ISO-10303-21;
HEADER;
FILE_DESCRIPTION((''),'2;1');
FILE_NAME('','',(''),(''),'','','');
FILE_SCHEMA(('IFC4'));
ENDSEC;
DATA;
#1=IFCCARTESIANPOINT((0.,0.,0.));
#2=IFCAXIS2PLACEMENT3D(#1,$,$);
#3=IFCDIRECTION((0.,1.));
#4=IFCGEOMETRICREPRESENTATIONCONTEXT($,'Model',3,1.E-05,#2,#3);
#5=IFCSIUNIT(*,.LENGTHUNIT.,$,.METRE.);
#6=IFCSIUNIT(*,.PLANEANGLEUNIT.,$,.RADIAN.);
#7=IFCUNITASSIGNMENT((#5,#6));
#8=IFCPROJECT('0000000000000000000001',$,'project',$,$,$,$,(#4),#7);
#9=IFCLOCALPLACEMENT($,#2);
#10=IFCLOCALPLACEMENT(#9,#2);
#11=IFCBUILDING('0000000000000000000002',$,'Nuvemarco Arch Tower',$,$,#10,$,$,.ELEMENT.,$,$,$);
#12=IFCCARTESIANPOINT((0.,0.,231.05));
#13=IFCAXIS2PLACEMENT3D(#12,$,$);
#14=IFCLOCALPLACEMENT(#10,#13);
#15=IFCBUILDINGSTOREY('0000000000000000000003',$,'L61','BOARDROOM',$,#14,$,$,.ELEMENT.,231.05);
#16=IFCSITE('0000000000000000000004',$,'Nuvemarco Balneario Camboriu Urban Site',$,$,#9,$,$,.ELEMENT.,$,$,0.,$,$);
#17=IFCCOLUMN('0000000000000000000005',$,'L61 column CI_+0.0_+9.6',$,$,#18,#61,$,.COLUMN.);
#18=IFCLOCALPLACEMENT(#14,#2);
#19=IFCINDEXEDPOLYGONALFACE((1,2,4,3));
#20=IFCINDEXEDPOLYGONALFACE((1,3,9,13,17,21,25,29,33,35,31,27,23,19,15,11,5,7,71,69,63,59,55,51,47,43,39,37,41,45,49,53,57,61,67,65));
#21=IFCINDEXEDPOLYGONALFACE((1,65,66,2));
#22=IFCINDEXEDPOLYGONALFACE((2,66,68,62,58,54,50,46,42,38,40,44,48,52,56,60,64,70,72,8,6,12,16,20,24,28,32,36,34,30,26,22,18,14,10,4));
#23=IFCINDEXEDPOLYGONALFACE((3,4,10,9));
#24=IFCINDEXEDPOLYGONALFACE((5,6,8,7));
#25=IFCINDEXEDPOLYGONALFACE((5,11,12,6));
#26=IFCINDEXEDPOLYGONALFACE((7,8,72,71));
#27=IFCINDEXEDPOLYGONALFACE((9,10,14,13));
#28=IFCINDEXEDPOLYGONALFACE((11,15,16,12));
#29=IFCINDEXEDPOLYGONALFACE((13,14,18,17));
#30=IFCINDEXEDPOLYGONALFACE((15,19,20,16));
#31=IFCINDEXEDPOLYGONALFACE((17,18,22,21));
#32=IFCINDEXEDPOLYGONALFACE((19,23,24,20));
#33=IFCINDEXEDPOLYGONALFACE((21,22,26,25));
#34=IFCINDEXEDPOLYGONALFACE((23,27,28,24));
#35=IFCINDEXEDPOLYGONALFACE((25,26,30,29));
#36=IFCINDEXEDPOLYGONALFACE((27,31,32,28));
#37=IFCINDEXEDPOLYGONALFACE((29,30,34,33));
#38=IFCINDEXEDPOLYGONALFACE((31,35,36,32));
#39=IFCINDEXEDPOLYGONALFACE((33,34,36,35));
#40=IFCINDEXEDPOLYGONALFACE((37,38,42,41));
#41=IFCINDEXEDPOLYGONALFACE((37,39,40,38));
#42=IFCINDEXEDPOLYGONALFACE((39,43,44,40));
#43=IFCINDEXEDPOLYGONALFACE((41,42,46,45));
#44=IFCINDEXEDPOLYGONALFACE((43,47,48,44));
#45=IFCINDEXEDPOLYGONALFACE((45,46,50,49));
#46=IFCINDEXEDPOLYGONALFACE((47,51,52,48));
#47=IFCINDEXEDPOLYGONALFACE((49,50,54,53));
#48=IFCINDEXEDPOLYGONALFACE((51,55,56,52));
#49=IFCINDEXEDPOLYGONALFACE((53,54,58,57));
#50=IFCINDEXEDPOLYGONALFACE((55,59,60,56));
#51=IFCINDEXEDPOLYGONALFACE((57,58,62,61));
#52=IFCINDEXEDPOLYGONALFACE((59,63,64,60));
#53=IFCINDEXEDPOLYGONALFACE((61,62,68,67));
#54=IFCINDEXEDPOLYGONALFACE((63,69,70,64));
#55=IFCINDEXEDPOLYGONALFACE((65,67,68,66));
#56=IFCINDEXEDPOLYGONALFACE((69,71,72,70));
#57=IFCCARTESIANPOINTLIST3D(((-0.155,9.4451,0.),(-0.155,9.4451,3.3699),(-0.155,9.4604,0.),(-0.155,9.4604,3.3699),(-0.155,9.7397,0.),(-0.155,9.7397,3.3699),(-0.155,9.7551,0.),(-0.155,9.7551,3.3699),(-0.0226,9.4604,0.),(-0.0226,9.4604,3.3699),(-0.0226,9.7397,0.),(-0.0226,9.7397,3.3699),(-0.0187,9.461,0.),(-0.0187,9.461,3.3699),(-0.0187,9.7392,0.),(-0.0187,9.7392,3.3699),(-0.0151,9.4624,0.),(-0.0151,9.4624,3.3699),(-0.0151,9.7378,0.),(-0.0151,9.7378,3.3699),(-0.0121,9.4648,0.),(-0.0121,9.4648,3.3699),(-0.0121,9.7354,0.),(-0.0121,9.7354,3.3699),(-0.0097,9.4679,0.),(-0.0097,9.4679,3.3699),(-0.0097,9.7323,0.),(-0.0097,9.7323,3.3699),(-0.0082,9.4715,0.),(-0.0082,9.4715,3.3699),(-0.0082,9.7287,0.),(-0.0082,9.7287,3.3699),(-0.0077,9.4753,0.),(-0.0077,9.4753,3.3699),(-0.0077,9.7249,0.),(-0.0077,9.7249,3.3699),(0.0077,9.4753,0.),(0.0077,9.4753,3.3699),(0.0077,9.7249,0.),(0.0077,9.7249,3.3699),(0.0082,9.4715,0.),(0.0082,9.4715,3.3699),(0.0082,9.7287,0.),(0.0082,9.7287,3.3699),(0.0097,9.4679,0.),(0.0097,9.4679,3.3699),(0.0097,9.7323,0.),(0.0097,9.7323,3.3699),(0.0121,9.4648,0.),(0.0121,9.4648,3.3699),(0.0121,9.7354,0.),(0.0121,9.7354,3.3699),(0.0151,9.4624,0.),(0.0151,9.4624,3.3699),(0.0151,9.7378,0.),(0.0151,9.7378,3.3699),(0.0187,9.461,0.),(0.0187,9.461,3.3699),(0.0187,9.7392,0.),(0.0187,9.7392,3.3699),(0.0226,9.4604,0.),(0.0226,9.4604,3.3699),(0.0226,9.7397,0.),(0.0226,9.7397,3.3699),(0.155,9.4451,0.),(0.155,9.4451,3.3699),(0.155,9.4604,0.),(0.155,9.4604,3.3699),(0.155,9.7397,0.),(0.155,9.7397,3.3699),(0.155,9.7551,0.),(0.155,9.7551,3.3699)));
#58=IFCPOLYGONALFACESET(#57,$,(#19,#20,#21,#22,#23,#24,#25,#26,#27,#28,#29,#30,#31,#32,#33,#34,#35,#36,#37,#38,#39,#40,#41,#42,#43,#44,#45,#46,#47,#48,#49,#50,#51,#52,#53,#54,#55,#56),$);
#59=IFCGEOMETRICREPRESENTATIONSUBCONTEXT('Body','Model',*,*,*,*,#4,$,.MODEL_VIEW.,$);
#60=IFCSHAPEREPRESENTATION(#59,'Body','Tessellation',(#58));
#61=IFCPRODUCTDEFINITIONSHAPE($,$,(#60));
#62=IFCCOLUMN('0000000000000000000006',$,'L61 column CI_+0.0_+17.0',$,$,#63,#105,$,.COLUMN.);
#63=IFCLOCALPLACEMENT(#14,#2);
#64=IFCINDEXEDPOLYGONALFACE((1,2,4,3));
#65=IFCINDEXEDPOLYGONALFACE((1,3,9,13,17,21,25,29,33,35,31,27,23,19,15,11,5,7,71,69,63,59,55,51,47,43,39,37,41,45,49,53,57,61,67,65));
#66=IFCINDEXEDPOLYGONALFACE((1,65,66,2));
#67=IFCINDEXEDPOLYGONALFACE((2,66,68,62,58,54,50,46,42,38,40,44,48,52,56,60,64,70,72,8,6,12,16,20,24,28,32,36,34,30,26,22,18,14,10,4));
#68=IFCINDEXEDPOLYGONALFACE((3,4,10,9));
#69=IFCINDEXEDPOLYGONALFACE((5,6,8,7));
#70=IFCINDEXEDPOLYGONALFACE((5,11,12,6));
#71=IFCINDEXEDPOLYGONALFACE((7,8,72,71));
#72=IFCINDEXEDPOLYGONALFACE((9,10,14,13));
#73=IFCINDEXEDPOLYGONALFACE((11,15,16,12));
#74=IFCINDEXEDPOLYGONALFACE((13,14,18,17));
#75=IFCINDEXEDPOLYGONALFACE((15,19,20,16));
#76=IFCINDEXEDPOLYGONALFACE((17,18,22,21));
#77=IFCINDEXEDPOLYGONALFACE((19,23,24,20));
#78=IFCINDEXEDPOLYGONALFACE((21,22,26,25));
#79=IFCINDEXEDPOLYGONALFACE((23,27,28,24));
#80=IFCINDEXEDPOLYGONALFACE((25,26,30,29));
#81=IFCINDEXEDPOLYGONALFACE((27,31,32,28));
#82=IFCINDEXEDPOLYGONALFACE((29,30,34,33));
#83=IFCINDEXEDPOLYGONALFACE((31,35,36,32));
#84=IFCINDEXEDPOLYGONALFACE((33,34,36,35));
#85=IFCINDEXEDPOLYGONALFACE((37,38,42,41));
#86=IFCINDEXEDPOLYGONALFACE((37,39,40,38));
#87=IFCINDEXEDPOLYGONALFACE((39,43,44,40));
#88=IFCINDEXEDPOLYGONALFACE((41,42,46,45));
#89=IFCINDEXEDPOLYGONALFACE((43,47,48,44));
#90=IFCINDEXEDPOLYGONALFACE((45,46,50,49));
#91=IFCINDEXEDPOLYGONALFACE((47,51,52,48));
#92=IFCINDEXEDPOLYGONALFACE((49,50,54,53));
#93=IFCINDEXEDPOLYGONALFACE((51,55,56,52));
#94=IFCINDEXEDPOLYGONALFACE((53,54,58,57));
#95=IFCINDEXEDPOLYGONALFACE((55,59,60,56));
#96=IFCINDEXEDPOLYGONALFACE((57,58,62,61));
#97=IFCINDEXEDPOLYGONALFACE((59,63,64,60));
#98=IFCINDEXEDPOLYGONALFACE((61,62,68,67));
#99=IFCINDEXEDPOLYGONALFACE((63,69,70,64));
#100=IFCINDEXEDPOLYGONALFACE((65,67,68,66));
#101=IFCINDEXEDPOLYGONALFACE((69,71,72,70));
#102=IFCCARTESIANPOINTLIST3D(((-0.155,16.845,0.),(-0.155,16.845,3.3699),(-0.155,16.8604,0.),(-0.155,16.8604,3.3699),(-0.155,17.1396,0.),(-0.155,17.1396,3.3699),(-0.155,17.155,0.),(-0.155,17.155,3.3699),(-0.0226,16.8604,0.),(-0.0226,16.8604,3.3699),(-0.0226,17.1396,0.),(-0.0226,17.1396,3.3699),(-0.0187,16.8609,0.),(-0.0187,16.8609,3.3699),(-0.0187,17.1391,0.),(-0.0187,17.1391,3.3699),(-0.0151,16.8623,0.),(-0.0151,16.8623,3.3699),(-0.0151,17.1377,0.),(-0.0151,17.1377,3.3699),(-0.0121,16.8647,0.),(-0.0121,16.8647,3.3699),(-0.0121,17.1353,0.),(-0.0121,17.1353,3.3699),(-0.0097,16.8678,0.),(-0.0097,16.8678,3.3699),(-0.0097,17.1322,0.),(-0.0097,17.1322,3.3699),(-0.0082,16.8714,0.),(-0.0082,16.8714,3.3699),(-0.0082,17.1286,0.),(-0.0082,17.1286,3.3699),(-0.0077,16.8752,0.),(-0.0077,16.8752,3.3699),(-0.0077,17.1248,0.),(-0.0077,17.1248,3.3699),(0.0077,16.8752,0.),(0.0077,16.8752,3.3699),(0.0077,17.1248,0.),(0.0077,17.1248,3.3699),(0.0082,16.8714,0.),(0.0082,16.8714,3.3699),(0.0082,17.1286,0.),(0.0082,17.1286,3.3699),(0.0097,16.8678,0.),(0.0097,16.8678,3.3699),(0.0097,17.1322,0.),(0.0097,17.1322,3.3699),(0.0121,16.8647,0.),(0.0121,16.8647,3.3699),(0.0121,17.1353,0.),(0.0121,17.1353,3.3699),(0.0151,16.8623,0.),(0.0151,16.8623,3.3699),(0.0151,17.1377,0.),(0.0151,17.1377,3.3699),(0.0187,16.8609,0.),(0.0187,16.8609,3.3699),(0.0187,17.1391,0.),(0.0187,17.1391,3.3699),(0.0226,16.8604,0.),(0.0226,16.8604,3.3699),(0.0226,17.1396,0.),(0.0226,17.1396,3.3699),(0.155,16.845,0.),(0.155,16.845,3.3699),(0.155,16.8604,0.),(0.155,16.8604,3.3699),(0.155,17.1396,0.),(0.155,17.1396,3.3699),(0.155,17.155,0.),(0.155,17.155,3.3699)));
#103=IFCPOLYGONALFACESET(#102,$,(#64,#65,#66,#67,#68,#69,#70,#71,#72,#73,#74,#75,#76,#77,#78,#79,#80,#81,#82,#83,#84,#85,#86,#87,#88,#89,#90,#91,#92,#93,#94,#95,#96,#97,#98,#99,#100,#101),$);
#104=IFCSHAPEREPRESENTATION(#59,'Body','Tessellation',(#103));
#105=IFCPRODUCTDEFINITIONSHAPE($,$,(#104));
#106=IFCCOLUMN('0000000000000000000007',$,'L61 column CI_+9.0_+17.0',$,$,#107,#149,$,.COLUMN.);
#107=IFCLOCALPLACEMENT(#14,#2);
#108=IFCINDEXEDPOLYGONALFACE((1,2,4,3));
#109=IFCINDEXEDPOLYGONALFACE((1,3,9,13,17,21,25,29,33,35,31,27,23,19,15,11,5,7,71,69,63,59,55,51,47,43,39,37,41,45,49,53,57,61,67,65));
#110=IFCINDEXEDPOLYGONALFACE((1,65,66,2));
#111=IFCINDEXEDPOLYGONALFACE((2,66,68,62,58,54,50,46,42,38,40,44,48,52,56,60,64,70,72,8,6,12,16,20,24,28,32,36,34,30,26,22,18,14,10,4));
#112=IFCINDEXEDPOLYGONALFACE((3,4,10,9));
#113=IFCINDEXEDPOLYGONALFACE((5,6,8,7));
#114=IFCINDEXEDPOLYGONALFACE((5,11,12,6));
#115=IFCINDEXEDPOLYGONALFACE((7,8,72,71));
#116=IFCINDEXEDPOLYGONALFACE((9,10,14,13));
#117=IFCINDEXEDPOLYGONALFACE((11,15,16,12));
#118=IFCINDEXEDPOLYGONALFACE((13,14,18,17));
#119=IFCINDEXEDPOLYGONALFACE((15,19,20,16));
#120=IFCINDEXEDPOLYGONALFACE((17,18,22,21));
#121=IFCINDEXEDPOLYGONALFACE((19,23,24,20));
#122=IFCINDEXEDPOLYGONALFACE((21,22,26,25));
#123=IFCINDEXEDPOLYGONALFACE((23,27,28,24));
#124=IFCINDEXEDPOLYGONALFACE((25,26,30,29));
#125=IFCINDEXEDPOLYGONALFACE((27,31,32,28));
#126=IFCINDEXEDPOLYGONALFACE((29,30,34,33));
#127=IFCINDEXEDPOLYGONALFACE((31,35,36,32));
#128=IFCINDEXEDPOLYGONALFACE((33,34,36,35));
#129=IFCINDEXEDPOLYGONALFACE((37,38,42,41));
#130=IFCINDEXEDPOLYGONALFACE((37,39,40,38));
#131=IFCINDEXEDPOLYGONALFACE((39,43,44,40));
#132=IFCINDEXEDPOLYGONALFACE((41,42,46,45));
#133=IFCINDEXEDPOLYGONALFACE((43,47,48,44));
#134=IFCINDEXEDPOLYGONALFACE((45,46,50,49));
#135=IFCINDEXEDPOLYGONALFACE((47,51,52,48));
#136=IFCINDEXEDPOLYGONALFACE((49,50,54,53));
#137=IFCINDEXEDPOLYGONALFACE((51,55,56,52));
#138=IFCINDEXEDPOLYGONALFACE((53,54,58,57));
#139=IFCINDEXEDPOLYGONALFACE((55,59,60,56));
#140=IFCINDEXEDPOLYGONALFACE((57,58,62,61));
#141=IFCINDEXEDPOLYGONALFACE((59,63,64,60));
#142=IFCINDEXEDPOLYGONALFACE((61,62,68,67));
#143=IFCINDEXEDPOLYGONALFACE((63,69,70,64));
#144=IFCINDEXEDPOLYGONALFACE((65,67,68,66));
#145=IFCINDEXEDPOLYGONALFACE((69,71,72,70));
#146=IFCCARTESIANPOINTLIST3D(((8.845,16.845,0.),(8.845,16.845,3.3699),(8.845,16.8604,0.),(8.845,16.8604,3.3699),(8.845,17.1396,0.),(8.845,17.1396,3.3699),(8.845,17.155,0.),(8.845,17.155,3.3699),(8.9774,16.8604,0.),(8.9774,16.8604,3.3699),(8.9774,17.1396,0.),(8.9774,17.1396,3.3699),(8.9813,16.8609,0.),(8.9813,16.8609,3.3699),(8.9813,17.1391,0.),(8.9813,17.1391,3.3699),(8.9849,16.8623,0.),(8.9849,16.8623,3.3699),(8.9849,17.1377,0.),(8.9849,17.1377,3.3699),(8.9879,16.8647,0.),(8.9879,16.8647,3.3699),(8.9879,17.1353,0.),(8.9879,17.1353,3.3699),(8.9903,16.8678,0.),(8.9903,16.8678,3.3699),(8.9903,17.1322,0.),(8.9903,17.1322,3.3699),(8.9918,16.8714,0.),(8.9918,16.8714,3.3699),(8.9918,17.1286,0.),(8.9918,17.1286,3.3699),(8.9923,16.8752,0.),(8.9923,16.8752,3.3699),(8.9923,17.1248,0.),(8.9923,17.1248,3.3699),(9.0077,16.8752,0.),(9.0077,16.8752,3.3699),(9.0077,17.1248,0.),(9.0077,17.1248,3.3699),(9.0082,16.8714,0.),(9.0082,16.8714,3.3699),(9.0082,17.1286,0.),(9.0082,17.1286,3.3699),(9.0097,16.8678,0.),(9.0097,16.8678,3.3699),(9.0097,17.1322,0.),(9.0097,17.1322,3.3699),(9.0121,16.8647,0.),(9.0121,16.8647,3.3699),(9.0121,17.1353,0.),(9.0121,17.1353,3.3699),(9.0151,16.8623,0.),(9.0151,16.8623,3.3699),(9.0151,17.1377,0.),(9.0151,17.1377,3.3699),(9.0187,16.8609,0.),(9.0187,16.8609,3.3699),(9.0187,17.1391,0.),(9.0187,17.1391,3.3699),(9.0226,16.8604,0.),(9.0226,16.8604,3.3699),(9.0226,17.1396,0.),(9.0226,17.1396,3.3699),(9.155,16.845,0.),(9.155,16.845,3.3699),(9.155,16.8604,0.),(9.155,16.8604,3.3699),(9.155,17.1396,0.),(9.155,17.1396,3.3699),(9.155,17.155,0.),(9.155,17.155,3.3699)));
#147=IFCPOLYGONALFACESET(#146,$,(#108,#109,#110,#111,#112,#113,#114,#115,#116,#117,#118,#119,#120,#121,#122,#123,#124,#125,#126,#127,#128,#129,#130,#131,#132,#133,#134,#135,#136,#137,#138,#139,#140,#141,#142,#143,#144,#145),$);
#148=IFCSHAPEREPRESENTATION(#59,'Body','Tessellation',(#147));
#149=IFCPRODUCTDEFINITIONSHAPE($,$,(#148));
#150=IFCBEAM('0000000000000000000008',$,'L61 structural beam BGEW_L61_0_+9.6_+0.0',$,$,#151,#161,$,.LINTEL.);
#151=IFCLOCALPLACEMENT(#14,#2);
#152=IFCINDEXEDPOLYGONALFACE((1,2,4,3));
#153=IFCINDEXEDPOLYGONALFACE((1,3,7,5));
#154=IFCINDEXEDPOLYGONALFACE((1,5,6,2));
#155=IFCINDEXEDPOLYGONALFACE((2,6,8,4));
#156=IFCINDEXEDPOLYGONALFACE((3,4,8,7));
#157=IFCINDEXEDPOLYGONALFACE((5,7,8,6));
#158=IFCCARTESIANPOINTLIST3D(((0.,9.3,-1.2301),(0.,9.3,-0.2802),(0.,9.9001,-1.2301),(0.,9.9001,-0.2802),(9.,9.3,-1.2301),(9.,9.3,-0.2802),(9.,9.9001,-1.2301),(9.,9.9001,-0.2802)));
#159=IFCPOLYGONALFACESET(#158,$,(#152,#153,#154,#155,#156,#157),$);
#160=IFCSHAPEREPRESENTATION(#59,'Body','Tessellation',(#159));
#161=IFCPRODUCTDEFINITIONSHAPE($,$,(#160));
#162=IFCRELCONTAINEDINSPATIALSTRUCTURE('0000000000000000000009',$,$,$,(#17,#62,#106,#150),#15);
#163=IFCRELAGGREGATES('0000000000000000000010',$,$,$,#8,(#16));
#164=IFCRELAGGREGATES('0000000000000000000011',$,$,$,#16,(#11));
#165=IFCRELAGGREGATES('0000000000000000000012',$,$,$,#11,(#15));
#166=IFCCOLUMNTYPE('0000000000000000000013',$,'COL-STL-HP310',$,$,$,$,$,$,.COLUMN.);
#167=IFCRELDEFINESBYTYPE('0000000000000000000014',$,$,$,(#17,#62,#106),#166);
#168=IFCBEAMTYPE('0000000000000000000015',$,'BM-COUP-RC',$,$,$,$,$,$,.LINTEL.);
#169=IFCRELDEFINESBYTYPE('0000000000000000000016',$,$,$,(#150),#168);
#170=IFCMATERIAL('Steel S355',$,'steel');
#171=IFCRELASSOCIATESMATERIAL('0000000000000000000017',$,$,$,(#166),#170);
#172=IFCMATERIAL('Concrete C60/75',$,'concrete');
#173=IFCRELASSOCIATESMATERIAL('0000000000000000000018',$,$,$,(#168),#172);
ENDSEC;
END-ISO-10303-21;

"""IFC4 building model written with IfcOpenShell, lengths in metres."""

from ifc_helpers import new_model, si_unit, direction, frame, origin, origin_2d, place, context, subcontext, project, spatial, rectangle, i_section, extrude, material, material_profile, profile_set, type_object, element, save


model = new_model("IFC4")

# Units and contexts
model_context = context("Model", 3, precision=1e-05, world=origin(), true_north=direction((0.0, 1.0)))
body_context = subcontext(model_context, "Body", "Model", "MODEL_VIEW")
ifc_project = project(units=[si_unit("LENGTHUNIT", "METRE"), si_unit("PLANEANGLEUNIT", "RADIAN")], contexts=[model_context])

# Site, building, storey
site_placement = place(None, origin())
site = spatial("IfcSite", under=ifc_project, at=site_placement, Name="Nuvemarco Balneario Camboriu Urban Site", CompositionType="ELEMENT", RefElevation=0.0)
building_placement = place(site_placement, origin())
building = spatial("IfcBuilding", under=site, at=building_placement, Name="Nuvemarco Arch Tower", CompositionType="ELEMENT")
storey_placement = place(building_placement, frame((0.0, 0.0, 231.05)))
storey = spatial("IfcBuildingStorey", under=building, at=storey_placement, Name="L61", Description="BOARDROOM", CompositionType="ELEMENT", Elevation=231.05)

# Columns
ifc_material_1 = material(Name="Steel S355", Category="steel")
ifc_material_profile_1 = material_profile(ifc_material_1, i_section(OverallWidth=0.3101, OverallDepth=0.3101, WebThickness=0.0154, FlangeThickness=0.0154, FilletRadius=0.0149, at=origin_2d()), Name="HP310x110")
ifc_profile_set_1 = profile_set([ifc_material_profile_1], Name="Steel S355")
column_type_1 = type_object("IfcColumnType", Name="COL-STL-HP310", PredefinedType="COLUMN", material=ifc_profile_set_1)
for number, where, z_axis, x_axis, name in (
    (1, (0.0, 9.6001, 0.0), (0.0, 0.0, 1.0), (1.0, 0.0, 0.0), "L61 column CI_+0.0_+9.6"),
    (2, (0.0, 17.0, 0.0), (0.0, 0.0, 1.0), (1.0, 0.0, 0.0), "L61 column CI_+0.0_+17.0"),
    (3, (9.0, 17.0, 0.0), (0.0, 0.0, 1.0), (1.0, 0.0, 0.0), "L61 column CI_+9.0_+17.0"),
):
    element("IfcColumn", number, at=place(storey_placement, frame(where, z_axis=z_axis, x_axis=x_axis)), inside=storey, type_object=column_type_1, Name=name, PredefinedType="COLUMN", context=body_context, shape_type="SweptSolid", body=[
        extrude(i_section(OverallWidth=0.3101, OverallDepth=0.3101, WebThickness=0.0154, FlangeThickness=0.0154, FilletRadius=0.0149, at=origin_2d()), origin(), (0.0, 0.0, 1.0), 3.3699),
    ])

# Beam
ifc_material_2 = material(Name="Concrete C60/75", Category="concrete")
ifc_material_profile_2 = material_profile(ifc_material_2, rectangle(XDim=0.6001, YDim=0.95, at=origin_2d()), Name="RC-BM-600x950")
ifc_profile_set_2 = profile_set([ifc_material_profile_2], Name="Concrete C60/75")
beam_type_1 = type_object("IfcBeamType", Name="BM-COUP-RC", PredefinedType="LINTEL", material=ifc_profile_set_2)
beam_1_placement = place(storey_placement, frame((0.0, 9.6001, -0.7551), z_axis=(1.0, 0.0, 0.0), x_axis=(0.0, 1.0, 0.0)))
element("IfcBeam", 4, at=beam_1_placement, inside=storey, type_object=beam_type_1, Name="L61 structural beam BGEW_L61_0_+9.6_+0.0", PredefinedType="LINTEL", context=body_context, shape_type="SweptSolid", body=[
    extrude(rectangle(XDim=0.6001, YDim=0.95, at=origin_2d()), origin(), (0.0, 0.0, 1.0), 9.0),
])

save(model, "model.ifc")
